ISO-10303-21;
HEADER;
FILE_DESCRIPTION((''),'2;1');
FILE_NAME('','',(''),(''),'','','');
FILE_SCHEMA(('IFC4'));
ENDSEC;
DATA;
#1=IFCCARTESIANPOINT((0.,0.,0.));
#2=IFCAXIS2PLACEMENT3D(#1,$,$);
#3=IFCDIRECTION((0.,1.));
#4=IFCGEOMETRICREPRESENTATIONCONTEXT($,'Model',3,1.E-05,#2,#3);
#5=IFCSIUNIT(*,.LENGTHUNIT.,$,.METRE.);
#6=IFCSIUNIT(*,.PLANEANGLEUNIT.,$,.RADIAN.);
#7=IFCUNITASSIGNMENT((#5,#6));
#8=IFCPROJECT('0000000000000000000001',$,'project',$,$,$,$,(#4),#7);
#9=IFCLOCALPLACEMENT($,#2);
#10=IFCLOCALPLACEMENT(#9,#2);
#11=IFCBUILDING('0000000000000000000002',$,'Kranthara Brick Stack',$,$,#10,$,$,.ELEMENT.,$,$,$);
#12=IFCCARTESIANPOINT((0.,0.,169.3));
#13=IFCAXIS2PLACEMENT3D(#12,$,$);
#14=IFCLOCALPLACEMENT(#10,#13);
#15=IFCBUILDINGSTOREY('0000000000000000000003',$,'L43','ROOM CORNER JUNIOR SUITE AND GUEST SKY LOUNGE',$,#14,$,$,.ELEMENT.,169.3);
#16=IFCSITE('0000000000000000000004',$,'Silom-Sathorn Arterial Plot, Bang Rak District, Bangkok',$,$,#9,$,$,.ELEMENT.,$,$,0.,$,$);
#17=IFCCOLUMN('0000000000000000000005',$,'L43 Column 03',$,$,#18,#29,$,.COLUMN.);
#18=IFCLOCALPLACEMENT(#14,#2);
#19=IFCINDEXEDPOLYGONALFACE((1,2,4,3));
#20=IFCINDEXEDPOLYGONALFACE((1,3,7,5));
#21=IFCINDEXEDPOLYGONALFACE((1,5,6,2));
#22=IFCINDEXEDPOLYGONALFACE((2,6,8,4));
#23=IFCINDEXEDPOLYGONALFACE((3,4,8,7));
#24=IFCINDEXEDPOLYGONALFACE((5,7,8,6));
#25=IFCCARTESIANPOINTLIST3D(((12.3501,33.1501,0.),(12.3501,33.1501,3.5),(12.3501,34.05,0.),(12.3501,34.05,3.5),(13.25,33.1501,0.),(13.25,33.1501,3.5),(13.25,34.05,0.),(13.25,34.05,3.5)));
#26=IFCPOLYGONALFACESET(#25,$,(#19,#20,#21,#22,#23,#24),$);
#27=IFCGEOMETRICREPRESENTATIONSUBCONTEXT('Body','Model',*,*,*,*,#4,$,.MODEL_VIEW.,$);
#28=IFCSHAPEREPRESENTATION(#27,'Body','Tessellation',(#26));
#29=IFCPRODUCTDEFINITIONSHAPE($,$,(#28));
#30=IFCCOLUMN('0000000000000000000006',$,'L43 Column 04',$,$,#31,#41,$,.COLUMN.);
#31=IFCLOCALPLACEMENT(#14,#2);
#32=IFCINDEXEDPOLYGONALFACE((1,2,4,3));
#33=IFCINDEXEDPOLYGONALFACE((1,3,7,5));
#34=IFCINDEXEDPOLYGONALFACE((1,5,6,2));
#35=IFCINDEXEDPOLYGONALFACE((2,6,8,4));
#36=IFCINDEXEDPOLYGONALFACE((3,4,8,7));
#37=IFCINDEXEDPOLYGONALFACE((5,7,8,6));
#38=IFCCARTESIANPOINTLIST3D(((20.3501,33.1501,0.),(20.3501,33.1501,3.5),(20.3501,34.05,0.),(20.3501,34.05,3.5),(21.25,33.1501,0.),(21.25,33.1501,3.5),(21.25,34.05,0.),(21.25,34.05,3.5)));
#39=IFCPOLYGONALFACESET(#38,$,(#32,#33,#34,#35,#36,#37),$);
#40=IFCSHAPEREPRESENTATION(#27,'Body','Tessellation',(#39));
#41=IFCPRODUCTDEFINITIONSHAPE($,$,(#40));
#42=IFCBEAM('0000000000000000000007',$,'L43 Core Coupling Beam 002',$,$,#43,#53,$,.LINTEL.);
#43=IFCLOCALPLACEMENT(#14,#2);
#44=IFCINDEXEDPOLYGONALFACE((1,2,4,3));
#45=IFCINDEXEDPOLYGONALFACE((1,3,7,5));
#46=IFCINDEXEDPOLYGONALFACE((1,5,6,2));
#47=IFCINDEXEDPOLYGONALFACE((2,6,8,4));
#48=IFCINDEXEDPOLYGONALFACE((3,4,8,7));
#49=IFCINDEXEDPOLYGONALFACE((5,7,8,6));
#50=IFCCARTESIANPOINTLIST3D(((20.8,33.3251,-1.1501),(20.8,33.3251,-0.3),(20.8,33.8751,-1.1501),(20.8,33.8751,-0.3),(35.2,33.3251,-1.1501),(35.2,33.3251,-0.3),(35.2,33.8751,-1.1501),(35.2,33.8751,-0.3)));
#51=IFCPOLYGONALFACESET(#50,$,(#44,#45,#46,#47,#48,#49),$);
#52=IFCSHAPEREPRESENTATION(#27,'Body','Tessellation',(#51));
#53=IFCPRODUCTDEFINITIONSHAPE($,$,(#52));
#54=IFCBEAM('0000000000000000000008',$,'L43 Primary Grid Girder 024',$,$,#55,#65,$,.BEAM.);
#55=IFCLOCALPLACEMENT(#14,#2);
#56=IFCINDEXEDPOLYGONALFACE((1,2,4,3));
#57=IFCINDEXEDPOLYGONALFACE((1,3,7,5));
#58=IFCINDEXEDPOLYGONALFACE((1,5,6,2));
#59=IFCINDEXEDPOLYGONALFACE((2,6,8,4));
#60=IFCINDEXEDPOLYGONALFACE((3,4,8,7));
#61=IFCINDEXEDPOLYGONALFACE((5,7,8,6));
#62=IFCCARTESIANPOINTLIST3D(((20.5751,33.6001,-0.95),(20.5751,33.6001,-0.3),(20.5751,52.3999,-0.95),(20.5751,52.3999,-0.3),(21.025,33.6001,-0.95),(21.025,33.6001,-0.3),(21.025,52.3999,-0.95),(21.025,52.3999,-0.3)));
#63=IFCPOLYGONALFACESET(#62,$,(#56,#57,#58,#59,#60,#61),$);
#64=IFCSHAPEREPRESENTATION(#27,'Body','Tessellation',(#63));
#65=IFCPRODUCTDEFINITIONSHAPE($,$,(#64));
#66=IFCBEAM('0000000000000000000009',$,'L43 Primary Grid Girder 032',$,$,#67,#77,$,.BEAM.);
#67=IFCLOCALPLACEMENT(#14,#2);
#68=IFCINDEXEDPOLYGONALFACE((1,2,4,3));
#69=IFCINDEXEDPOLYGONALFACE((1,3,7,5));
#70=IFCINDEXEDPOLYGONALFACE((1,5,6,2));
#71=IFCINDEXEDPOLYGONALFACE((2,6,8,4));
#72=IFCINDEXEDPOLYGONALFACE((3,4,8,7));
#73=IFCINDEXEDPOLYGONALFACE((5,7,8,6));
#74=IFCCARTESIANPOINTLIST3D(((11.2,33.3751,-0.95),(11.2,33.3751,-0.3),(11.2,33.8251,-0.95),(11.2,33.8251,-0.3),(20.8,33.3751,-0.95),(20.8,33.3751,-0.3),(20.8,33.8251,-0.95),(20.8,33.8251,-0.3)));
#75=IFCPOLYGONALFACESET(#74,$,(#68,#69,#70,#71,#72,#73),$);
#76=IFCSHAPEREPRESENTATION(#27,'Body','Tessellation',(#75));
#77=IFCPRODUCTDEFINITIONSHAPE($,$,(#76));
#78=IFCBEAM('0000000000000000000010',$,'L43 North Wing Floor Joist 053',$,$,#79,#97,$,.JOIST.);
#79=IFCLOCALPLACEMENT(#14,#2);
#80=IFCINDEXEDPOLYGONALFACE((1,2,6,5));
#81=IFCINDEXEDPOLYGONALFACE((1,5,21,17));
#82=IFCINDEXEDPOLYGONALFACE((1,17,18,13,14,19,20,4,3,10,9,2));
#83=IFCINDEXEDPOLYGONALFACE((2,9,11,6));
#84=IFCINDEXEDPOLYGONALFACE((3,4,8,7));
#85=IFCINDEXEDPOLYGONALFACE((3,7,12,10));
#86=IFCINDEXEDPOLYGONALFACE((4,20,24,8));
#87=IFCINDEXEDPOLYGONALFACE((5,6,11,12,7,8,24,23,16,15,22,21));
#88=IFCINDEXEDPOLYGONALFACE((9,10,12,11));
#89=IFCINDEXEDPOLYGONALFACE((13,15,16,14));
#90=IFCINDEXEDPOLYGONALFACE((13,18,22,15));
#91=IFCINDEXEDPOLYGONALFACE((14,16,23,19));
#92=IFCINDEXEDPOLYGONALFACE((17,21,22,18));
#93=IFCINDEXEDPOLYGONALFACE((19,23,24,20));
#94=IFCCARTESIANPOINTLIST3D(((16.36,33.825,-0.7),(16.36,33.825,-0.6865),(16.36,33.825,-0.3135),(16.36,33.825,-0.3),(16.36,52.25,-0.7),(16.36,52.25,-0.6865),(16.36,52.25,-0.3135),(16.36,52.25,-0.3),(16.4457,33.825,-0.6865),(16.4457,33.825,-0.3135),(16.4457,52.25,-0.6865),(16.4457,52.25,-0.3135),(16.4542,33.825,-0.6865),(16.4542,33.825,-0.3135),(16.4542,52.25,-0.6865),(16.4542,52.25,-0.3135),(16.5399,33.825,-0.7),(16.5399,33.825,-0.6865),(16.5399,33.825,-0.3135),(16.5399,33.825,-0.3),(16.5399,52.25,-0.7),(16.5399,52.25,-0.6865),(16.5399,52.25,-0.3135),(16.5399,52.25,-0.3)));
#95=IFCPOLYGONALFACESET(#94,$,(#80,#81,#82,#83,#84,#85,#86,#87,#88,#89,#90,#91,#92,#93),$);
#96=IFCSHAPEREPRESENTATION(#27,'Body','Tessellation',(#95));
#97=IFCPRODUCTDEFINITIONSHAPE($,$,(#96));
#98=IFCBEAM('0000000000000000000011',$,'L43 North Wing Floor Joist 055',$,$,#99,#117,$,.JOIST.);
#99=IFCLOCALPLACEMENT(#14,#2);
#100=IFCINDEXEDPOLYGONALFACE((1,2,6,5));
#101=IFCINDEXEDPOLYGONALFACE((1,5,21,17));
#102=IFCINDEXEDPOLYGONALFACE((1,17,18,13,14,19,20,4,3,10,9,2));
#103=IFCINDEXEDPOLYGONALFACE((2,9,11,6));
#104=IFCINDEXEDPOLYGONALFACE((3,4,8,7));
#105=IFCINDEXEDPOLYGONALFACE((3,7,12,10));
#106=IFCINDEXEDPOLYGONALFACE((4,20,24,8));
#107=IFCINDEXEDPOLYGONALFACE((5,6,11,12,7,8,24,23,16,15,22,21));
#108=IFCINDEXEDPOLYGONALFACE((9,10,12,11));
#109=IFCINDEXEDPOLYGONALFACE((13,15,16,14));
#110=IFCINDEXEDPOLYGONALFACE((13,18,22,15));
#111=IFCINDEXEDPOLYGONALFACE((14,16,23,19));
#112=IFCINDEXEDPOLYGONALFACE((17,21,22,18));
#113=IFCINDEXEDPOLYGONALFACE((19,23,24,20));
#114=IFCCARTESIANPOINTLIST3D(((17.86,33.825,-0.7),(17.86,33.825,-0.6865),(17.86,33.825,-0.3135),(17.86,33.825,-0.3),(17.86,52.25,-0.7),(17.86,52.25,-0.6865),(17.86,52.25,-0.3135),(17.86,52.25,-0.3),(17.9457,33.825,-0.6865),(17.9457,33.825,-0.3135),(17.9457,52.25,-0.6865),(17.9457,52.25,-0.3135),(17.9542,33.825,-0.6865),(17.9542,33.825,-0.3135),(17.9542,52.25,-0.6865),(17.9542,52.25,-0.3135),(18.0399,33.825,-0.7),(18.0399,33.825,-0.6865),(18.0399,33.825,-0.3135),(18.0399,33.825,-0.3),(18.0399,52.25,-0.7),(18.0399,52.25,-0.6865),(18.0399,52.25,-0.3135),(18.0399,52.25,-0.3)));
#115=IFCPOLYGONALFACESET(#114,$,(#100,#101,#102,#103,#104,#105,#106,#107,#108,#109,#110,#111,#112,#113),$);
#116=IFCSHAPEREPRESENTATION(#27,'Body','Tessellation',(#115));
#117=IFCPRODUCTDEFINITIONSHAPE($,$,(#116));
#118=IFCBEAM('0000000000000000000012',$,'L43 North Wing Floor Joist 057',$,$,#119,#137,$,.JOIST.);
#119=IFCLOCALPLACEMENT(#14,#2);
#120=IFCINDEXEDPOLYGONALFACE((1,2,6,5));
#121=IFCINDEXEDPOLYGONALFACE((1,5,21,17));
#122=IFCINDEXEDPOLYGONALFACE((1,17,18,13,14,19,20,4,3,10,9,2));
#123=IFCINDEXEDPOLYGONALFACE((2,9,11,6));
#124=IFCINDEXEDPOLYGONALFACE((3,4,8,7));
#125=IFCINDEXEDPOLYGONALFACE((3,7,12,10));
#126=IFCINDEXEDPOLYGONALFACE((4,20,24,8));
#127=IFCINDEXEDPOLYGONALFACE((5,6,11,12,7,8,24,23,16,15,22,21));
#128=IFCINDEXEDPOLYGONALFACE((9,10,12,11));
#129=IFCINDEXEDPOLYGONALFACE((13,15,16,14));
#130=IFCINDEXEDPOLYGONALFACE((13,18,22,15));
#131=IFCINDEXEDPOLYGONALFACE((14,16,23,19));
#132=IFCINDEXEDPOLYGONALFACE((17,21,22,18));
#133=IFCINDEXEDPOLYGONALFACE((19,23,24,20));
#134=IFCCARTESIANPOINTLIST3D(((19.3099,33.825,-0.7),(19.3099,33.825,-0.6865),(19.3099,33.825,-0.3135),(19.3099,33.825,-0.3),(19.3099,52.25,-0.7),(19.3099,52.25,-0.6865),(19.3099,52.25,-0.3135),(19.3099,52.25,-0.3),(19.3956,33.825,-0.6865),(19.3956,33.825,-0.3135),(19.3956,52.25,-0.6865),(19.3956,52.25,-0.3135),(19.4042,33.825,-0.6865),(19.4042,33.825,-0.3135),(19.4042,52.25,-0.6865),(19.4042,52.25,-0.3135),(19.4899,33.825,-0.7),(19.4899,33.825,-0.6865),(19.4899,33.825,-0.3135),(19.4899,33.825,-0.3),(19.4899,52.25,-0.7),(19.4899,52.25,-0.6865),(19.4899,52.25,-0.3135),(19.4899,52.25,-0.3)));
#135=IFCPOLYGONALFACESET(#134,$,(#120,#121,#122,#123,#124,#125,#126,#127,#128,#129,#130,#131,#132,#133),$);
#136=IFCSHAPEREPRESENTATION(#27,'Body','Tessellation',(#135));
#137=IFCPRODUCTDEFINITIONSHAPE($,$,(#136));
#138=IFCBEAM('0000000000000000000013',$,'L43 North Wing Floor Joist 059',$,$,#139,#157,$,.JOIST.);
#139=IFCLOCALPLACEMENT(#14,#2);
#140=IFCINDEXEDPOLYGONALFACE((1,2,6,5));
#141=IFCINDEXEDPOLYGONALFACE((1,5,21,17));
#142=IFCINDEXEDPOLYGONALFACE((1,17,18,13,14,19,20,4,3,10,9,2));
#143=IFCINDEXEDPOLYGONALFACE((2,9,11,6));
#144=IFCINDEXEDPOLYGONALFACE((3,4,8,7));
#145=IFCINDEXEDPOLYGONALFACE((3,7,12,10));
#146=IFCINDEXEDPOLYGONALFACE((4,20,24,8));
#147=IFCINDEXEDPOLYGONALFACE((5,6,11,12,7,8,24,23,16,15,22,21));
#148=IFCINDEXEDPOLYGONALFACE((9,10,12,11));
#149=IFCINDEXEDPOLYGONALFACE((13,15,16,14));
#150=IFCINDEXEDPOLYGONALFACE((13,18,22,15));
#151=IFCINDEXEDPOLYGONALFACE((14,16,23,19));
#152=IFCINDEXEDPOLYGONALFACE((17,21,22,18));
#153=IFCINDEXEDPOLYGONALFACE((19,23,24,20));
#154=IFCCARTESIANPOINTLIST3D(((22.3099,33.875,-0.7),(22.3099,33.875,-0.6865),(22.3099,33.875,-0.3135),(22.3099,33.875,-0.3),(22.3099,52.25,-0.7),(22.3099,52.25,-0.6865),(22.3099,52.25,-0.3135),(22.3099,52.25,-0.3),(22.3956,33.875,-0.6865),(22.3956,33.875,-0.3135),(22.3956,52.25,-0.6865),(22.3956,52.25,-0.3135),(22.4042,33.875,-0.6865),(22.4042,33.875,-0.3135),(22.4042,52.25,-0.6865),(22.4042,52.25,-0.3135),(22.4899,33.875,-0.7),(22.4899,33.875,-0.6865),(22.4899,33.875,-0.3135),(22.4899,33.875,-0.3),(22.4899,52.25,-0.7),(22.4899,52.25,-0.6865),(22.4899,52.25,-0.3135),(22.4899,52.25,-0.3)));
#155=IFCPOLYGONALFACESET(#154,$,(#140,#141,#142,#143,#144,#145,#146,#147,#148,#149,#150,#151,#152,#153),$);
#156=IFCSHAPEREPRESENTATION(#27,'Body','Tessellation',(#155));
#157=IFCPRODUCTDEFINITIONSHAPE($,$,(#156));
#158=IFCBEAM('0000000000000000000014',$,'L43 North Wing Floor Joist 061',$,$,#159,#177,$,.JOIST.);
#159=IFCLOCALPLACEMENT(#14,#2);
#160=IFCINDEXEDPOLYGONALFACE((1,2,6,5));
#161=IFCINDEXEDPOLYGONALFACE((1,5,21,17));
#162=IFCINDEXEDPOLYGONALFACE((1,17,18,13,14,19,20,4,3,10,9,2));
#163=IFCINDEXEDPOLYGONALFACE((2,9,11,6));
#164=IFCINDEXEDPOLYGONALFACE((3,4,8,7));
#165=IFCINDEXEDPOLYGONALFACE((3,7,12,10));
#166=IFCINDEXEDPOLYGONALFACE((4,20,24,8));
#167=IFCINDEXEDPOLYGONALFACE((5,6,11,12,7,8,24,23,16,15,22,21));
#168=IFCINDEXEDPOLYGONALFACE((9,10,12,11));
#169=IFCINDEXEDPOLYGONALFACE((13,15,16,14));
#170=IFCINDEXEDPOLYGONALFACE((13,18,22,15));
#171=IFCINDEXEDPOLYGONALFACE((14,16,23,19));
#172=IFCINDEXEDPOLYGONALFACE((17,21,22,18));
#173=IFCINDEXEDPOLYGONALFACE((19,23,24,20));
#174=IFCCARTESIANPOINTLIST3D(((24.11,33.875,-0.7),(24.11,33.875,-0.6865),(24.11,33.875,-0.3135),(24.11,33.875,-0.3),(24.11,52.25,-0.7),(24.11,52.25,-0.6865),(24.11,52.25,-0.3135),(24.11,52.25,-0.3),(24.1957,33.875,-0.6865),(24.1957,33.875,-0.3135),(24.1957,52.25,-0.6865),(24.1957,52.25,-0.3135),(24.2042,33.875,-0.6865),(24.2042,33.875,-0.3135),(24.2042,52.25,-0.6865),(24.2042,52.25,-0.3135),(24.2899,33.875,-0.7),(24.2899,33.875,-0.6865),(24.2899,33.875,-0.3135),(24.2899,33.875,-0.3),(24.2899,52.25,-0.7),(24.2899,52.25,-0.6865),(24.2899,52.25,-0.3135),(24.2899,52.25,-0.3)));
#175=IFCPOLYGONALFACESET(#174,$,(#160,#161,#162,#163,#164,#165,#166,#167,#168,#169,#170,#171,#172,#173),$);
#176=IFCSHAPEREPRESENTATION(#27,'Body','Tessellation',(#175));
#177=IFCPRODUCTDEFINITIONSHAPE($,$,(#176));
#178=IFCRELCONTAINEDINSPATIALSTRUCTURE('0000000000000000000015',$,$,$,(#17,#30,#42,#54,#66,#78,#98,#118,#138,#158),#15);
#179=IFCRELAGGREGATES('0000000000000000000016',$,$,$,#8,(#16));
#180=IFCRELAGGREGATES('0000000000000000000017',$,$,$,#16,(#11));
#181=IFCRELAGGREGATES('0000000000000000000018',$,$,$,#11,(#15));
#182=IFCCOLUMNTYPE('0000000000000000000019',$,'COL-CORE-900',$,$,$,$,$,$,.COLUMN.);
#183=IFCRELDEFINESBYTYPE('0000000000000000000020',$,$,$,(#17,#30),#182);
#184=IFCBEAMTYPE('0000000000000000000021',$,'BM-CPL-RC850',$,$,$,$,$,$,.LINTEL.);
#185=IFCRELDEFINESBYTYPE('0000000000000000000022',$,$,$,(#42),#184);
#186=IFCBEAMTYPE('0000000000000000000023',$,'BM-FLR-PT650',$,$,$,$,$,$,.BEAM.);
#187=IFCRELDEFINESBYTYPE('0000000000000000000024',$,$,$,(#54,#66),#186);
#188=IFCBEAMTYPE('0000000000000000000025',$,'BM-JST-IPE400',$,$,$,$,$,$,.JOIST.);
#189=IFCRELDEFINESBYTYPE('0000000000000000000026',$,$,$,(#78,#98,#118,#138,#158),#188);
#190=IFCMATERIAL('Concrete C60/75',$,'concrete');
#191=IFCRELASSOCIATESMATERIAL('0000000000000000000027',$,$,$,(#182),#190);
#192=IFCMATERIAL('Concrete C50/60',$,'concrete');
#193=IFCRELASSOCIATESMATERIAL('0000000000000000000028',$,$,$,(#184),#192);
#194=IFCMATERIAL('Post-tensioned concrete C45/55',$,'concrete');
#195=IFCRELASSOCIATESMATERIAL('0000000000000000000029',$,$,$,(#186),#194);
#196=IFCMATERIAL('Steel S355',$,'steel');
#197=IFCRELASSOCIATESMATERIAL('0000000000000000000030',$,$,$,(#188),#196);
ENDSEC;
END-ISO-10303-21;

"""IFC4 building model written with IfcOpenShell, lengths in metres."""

from ifc_helpers import new_model, si_unit, direction, frame, origin, origin_2d, place, context, subcontext, project, spatial, rectangle, i_section, extrude, material, material_profile, profile_set, type_object, element, save


model = new_model("IFC4")

# Units and contexts
model_context = context("Model", 3, precision=1e-05, world=origin(), true_north=direction((0.0, 1.0)))
body_context = subcontext(model_context, "Body", "Model", "MODEL_VIEW")
ifc_project = project(units=[si_unit("LENGTHUNIT", "METRE"), si_unit("PLANEANGLEUNIT", "RADIAN")], contexts=[model_context])

# Site, building, storey
site_placement = place(None, origin())
site = spatial("IfcSite", under=ifc_project, at=site_placement, Name="Silom-Sathorn Arterial Plot, Bang Rak District, Bangkok", CompositionType="ELEMENT", RefElevation=0.0)
building_placement = place(site_placement, origin())
building = spatial("IfcBuilding", under=site, at=building_placement, Name="Kranthara Brick Stack", CompositionType="ELEMENT")
storey_placement = place(building_placement, frame((0.0, 0.0, 169.3)))
storey = spatial("IfcBuildingStorey", under=building, at=storey_placement, Name="L43", Description="ROOM CORNER JUNIOR SUITE AND GUEST SKY LOUNGE", CompositionType="ELEMENT", Elevation=169.3)

# Columns
ifc_material_1 = material(Name="Concrete C60/75", Category="concrete")
ifc_material_profile_1 = material_profile(ifc_material_1, rectangle(XDim=0.8999, YDim=0.8999, at=origin_2d()), Name="RC 900x900")
ifc_profile_set_1 = profile_set([ifc_material_profile_1], Name="Concrete C60/75")
column_type = type_object("IfcColumnType", Name="COL-CORE-900", PredefinedType="COLUMN", material=ifc_profile_set_1)
for number, where, z_axis, x_axis, name in (
    (1, (12.8, 33.6001, 0.0), (0.0, 0.0, 1.0), (1.0, 0.0, 0.0), "L43 Column 03"),
    (2, (20.8, 33.6001, 0.0), (0.0, 0.0, 1.0), (1.0, 0.0, 0.0), "L43 Column 04"),
):
    element("IfcColumn", number, at=place(storey_placement, frame(where, z_axis=z_axis, x_axis=x_axis)), inside=storey, type_object=column_type, Name=name, PredefinedType="COLUMN", context=body_context, shape_type="SweptSolid", body=[
        extrude(rectangle(XDim=0.8999, YDim=0.8999, at=origin_2d()), origin(), (0.0, 0.0, 1.0), 3.5),
    ])

# Beams
ifc_material_2 = material(Name="Concrete C50/60", Category="concrete")
ifc_material_profile_2 = material_profile(ifc_material_2, rectangle(XDim=0.55, YDim=0.8501, at=origin_2d()), Name="RC 550x850")
ifc_profile_set_2 = profile_set([ifc_material_profile_2], Name="Concrete C50/60")
beam_type_1 = type_object("IfcBeamType", Name="BM-CPL-RC850", PredefinedType="LINTEL", material=ifc_profile_set_2)
beam_1_placement = place(storey_placement, frame((20.8, 33.6001, -0.7251), z_axis=(1.0, 0.0, 0.0), x_axis=(0.0, 1.0, 0.0)))
element("IfcBeam", 3, at=beam_1_placement, inside=storey, type_object=beam_type_1, Name="L43 Core Coupling Beam 002", PredefinedType="LINTEL", context=body_context, shape_type="SweptSolid", body=[
    extrude(rectangle(XDim=0.55, YDim=0.8501, at=origin_2d()), origin(), (0.0, 0.0, 1.0), 14.3999),
])
ifc_material_3 = material(Name="Post-tensioned concrete C45/55", Category="concrete")
ifc_material_profile_3 = material_profile(ifc_material_3, rectangle(XDim=0.45, YDim=0.6499, at=origin_2d()), Name="PT 450x650")
ifc_profile_set_3 = profile_set([ifc_material_profile_3], Name="Post-tensioned concrete C45/55")
beam_type_2 = type_object("IfcBeamType", Name="BM-FLR-PT650", PredefinedType="BEAM", material=ifc_profile_set_3)
beam_2_placement = place(storey_placement, frame((20.8, 33.6001, -0.625), z_axis=(0.0, 1.0, 0.0), x_axis=(-1.0, 0.0, 0.0)))
element("IfcBeam", 4, at=beam_2_placement, inside=storey, type_object=beam_type_2, Name="L43 Primary Grid Girder 024", PredefinedType="BEAM", context=body_context, shape_type="SweptSolid", body=[
    extrude(rectangle(XDim=0.45, YDim=0.6499, at=origin_2d()), origin(), (0.0, 0.0, 1.0), 18.7998),
])
beam_3_placement = place(storey_placement, frame((11.2, 33.6001, -0.625), z_axis=(1.0, 0.0, 0.0), x_axis=(0.0, 1.0, 0.0)))
element("IfcBeam", 5, at=beam_3_placement, inside=storey, type_object=beam_type_2, Name="L43 Primary Grid Girder 032", PredefinedType="BEAM", context=body_context, shape_type="SweptSolid", body=[
    extrude(rectangle(XDim=0.45, YDim=0.6499, at=origin_2d()), origin(), (0.0, 0.0, 1.0), 9.6001),
])
ifc_material_4 = material(Name="Steel S355", Category="steel")
ifc_material_profile_4 = material_profile(ifc_material_4, i_section(OverallWidth=0.1799, OverallDepth=0.3999, WebThickness=0.0085, FlangeThickness=0.0134, at=origin_2d()), Name="IPE 400")
ifc_profile_set_4 = profile_set([ifc_material_profile_4], Name="Steel S355")
beam_type_3 = type_object("IfcBeamType", Name="BM-JST-IPE400", PredefinedType="JOIST", material=ifc_profile_set_4)
for number, where, z_axis, x_axis, name in (
    (6, (16.45, 33.825, -0.5), (0.0, 1.0, 0.0), (-1.0, 0.0, 0.0), "L43 North Wing Floor Joist 053"),
    (7, (17.95, 33.825, -0.5), (0.0, 1.0, 0.0), (-1.0, 0.0, 0.0), "L43 North Wing Floor Joist 055"),
    (8, (19.3999, 33.825, -0.5), (0.0, 1.0, 0.0), (-1.0, 0.0, 0.0), "L43 North Wing Floor Joist 057"),
):
    element("IfcBeam", number, at=place(storey_placement, frame(where, z_axis=z_axis, x_axis=x_axis)), inside=storey, type_object=beam_type_3, Name=name, PredefinedType="JOIST", context=body_context, shape_type="SweptSolid", body=[
        extrude(i_section(OverallWidth=0.1799, OverallDepth=0.3999, WebThickness=0.0085, FlangeThickness=0.0134, at=origin_2d()), origin(), (0.0, 0.0, 1.0), 18.425),
    ])
for number, where, z_axis, x_axis, name in (
    (9, (22.3999, 33.875, -0.5), (0.0, 1.0, 0.0), (-1.0, 0.0, 0.0), "L43 North Wing Floor Joist 059"),
    (10, (24.2, 33.875, -0.5), (0.0, 1.0, 0.0), (-1.0, 0.0, 0.0), "L43 North Wing Floor Joist 061"),
):
    element("IfcBeam", number, at=place(storey_placement, frame(where, z_axis=z_axis, x_axis=x_axis)), inside=storey, type_object=beam_type_3, Name=name, PredefinedType="JOIST", context=body_context, shape_type="SweptSolid", body=[
        extrude(i_section(OverallWidth=0.1799, OverallDepth=0.3999, WebThickness=0.0085, FlangeThickness=0.0134, at=origin_2d()), origin(), (0.0, 0.0, 1.0), 18.375),
    ])

save(model, "model.ifc")
